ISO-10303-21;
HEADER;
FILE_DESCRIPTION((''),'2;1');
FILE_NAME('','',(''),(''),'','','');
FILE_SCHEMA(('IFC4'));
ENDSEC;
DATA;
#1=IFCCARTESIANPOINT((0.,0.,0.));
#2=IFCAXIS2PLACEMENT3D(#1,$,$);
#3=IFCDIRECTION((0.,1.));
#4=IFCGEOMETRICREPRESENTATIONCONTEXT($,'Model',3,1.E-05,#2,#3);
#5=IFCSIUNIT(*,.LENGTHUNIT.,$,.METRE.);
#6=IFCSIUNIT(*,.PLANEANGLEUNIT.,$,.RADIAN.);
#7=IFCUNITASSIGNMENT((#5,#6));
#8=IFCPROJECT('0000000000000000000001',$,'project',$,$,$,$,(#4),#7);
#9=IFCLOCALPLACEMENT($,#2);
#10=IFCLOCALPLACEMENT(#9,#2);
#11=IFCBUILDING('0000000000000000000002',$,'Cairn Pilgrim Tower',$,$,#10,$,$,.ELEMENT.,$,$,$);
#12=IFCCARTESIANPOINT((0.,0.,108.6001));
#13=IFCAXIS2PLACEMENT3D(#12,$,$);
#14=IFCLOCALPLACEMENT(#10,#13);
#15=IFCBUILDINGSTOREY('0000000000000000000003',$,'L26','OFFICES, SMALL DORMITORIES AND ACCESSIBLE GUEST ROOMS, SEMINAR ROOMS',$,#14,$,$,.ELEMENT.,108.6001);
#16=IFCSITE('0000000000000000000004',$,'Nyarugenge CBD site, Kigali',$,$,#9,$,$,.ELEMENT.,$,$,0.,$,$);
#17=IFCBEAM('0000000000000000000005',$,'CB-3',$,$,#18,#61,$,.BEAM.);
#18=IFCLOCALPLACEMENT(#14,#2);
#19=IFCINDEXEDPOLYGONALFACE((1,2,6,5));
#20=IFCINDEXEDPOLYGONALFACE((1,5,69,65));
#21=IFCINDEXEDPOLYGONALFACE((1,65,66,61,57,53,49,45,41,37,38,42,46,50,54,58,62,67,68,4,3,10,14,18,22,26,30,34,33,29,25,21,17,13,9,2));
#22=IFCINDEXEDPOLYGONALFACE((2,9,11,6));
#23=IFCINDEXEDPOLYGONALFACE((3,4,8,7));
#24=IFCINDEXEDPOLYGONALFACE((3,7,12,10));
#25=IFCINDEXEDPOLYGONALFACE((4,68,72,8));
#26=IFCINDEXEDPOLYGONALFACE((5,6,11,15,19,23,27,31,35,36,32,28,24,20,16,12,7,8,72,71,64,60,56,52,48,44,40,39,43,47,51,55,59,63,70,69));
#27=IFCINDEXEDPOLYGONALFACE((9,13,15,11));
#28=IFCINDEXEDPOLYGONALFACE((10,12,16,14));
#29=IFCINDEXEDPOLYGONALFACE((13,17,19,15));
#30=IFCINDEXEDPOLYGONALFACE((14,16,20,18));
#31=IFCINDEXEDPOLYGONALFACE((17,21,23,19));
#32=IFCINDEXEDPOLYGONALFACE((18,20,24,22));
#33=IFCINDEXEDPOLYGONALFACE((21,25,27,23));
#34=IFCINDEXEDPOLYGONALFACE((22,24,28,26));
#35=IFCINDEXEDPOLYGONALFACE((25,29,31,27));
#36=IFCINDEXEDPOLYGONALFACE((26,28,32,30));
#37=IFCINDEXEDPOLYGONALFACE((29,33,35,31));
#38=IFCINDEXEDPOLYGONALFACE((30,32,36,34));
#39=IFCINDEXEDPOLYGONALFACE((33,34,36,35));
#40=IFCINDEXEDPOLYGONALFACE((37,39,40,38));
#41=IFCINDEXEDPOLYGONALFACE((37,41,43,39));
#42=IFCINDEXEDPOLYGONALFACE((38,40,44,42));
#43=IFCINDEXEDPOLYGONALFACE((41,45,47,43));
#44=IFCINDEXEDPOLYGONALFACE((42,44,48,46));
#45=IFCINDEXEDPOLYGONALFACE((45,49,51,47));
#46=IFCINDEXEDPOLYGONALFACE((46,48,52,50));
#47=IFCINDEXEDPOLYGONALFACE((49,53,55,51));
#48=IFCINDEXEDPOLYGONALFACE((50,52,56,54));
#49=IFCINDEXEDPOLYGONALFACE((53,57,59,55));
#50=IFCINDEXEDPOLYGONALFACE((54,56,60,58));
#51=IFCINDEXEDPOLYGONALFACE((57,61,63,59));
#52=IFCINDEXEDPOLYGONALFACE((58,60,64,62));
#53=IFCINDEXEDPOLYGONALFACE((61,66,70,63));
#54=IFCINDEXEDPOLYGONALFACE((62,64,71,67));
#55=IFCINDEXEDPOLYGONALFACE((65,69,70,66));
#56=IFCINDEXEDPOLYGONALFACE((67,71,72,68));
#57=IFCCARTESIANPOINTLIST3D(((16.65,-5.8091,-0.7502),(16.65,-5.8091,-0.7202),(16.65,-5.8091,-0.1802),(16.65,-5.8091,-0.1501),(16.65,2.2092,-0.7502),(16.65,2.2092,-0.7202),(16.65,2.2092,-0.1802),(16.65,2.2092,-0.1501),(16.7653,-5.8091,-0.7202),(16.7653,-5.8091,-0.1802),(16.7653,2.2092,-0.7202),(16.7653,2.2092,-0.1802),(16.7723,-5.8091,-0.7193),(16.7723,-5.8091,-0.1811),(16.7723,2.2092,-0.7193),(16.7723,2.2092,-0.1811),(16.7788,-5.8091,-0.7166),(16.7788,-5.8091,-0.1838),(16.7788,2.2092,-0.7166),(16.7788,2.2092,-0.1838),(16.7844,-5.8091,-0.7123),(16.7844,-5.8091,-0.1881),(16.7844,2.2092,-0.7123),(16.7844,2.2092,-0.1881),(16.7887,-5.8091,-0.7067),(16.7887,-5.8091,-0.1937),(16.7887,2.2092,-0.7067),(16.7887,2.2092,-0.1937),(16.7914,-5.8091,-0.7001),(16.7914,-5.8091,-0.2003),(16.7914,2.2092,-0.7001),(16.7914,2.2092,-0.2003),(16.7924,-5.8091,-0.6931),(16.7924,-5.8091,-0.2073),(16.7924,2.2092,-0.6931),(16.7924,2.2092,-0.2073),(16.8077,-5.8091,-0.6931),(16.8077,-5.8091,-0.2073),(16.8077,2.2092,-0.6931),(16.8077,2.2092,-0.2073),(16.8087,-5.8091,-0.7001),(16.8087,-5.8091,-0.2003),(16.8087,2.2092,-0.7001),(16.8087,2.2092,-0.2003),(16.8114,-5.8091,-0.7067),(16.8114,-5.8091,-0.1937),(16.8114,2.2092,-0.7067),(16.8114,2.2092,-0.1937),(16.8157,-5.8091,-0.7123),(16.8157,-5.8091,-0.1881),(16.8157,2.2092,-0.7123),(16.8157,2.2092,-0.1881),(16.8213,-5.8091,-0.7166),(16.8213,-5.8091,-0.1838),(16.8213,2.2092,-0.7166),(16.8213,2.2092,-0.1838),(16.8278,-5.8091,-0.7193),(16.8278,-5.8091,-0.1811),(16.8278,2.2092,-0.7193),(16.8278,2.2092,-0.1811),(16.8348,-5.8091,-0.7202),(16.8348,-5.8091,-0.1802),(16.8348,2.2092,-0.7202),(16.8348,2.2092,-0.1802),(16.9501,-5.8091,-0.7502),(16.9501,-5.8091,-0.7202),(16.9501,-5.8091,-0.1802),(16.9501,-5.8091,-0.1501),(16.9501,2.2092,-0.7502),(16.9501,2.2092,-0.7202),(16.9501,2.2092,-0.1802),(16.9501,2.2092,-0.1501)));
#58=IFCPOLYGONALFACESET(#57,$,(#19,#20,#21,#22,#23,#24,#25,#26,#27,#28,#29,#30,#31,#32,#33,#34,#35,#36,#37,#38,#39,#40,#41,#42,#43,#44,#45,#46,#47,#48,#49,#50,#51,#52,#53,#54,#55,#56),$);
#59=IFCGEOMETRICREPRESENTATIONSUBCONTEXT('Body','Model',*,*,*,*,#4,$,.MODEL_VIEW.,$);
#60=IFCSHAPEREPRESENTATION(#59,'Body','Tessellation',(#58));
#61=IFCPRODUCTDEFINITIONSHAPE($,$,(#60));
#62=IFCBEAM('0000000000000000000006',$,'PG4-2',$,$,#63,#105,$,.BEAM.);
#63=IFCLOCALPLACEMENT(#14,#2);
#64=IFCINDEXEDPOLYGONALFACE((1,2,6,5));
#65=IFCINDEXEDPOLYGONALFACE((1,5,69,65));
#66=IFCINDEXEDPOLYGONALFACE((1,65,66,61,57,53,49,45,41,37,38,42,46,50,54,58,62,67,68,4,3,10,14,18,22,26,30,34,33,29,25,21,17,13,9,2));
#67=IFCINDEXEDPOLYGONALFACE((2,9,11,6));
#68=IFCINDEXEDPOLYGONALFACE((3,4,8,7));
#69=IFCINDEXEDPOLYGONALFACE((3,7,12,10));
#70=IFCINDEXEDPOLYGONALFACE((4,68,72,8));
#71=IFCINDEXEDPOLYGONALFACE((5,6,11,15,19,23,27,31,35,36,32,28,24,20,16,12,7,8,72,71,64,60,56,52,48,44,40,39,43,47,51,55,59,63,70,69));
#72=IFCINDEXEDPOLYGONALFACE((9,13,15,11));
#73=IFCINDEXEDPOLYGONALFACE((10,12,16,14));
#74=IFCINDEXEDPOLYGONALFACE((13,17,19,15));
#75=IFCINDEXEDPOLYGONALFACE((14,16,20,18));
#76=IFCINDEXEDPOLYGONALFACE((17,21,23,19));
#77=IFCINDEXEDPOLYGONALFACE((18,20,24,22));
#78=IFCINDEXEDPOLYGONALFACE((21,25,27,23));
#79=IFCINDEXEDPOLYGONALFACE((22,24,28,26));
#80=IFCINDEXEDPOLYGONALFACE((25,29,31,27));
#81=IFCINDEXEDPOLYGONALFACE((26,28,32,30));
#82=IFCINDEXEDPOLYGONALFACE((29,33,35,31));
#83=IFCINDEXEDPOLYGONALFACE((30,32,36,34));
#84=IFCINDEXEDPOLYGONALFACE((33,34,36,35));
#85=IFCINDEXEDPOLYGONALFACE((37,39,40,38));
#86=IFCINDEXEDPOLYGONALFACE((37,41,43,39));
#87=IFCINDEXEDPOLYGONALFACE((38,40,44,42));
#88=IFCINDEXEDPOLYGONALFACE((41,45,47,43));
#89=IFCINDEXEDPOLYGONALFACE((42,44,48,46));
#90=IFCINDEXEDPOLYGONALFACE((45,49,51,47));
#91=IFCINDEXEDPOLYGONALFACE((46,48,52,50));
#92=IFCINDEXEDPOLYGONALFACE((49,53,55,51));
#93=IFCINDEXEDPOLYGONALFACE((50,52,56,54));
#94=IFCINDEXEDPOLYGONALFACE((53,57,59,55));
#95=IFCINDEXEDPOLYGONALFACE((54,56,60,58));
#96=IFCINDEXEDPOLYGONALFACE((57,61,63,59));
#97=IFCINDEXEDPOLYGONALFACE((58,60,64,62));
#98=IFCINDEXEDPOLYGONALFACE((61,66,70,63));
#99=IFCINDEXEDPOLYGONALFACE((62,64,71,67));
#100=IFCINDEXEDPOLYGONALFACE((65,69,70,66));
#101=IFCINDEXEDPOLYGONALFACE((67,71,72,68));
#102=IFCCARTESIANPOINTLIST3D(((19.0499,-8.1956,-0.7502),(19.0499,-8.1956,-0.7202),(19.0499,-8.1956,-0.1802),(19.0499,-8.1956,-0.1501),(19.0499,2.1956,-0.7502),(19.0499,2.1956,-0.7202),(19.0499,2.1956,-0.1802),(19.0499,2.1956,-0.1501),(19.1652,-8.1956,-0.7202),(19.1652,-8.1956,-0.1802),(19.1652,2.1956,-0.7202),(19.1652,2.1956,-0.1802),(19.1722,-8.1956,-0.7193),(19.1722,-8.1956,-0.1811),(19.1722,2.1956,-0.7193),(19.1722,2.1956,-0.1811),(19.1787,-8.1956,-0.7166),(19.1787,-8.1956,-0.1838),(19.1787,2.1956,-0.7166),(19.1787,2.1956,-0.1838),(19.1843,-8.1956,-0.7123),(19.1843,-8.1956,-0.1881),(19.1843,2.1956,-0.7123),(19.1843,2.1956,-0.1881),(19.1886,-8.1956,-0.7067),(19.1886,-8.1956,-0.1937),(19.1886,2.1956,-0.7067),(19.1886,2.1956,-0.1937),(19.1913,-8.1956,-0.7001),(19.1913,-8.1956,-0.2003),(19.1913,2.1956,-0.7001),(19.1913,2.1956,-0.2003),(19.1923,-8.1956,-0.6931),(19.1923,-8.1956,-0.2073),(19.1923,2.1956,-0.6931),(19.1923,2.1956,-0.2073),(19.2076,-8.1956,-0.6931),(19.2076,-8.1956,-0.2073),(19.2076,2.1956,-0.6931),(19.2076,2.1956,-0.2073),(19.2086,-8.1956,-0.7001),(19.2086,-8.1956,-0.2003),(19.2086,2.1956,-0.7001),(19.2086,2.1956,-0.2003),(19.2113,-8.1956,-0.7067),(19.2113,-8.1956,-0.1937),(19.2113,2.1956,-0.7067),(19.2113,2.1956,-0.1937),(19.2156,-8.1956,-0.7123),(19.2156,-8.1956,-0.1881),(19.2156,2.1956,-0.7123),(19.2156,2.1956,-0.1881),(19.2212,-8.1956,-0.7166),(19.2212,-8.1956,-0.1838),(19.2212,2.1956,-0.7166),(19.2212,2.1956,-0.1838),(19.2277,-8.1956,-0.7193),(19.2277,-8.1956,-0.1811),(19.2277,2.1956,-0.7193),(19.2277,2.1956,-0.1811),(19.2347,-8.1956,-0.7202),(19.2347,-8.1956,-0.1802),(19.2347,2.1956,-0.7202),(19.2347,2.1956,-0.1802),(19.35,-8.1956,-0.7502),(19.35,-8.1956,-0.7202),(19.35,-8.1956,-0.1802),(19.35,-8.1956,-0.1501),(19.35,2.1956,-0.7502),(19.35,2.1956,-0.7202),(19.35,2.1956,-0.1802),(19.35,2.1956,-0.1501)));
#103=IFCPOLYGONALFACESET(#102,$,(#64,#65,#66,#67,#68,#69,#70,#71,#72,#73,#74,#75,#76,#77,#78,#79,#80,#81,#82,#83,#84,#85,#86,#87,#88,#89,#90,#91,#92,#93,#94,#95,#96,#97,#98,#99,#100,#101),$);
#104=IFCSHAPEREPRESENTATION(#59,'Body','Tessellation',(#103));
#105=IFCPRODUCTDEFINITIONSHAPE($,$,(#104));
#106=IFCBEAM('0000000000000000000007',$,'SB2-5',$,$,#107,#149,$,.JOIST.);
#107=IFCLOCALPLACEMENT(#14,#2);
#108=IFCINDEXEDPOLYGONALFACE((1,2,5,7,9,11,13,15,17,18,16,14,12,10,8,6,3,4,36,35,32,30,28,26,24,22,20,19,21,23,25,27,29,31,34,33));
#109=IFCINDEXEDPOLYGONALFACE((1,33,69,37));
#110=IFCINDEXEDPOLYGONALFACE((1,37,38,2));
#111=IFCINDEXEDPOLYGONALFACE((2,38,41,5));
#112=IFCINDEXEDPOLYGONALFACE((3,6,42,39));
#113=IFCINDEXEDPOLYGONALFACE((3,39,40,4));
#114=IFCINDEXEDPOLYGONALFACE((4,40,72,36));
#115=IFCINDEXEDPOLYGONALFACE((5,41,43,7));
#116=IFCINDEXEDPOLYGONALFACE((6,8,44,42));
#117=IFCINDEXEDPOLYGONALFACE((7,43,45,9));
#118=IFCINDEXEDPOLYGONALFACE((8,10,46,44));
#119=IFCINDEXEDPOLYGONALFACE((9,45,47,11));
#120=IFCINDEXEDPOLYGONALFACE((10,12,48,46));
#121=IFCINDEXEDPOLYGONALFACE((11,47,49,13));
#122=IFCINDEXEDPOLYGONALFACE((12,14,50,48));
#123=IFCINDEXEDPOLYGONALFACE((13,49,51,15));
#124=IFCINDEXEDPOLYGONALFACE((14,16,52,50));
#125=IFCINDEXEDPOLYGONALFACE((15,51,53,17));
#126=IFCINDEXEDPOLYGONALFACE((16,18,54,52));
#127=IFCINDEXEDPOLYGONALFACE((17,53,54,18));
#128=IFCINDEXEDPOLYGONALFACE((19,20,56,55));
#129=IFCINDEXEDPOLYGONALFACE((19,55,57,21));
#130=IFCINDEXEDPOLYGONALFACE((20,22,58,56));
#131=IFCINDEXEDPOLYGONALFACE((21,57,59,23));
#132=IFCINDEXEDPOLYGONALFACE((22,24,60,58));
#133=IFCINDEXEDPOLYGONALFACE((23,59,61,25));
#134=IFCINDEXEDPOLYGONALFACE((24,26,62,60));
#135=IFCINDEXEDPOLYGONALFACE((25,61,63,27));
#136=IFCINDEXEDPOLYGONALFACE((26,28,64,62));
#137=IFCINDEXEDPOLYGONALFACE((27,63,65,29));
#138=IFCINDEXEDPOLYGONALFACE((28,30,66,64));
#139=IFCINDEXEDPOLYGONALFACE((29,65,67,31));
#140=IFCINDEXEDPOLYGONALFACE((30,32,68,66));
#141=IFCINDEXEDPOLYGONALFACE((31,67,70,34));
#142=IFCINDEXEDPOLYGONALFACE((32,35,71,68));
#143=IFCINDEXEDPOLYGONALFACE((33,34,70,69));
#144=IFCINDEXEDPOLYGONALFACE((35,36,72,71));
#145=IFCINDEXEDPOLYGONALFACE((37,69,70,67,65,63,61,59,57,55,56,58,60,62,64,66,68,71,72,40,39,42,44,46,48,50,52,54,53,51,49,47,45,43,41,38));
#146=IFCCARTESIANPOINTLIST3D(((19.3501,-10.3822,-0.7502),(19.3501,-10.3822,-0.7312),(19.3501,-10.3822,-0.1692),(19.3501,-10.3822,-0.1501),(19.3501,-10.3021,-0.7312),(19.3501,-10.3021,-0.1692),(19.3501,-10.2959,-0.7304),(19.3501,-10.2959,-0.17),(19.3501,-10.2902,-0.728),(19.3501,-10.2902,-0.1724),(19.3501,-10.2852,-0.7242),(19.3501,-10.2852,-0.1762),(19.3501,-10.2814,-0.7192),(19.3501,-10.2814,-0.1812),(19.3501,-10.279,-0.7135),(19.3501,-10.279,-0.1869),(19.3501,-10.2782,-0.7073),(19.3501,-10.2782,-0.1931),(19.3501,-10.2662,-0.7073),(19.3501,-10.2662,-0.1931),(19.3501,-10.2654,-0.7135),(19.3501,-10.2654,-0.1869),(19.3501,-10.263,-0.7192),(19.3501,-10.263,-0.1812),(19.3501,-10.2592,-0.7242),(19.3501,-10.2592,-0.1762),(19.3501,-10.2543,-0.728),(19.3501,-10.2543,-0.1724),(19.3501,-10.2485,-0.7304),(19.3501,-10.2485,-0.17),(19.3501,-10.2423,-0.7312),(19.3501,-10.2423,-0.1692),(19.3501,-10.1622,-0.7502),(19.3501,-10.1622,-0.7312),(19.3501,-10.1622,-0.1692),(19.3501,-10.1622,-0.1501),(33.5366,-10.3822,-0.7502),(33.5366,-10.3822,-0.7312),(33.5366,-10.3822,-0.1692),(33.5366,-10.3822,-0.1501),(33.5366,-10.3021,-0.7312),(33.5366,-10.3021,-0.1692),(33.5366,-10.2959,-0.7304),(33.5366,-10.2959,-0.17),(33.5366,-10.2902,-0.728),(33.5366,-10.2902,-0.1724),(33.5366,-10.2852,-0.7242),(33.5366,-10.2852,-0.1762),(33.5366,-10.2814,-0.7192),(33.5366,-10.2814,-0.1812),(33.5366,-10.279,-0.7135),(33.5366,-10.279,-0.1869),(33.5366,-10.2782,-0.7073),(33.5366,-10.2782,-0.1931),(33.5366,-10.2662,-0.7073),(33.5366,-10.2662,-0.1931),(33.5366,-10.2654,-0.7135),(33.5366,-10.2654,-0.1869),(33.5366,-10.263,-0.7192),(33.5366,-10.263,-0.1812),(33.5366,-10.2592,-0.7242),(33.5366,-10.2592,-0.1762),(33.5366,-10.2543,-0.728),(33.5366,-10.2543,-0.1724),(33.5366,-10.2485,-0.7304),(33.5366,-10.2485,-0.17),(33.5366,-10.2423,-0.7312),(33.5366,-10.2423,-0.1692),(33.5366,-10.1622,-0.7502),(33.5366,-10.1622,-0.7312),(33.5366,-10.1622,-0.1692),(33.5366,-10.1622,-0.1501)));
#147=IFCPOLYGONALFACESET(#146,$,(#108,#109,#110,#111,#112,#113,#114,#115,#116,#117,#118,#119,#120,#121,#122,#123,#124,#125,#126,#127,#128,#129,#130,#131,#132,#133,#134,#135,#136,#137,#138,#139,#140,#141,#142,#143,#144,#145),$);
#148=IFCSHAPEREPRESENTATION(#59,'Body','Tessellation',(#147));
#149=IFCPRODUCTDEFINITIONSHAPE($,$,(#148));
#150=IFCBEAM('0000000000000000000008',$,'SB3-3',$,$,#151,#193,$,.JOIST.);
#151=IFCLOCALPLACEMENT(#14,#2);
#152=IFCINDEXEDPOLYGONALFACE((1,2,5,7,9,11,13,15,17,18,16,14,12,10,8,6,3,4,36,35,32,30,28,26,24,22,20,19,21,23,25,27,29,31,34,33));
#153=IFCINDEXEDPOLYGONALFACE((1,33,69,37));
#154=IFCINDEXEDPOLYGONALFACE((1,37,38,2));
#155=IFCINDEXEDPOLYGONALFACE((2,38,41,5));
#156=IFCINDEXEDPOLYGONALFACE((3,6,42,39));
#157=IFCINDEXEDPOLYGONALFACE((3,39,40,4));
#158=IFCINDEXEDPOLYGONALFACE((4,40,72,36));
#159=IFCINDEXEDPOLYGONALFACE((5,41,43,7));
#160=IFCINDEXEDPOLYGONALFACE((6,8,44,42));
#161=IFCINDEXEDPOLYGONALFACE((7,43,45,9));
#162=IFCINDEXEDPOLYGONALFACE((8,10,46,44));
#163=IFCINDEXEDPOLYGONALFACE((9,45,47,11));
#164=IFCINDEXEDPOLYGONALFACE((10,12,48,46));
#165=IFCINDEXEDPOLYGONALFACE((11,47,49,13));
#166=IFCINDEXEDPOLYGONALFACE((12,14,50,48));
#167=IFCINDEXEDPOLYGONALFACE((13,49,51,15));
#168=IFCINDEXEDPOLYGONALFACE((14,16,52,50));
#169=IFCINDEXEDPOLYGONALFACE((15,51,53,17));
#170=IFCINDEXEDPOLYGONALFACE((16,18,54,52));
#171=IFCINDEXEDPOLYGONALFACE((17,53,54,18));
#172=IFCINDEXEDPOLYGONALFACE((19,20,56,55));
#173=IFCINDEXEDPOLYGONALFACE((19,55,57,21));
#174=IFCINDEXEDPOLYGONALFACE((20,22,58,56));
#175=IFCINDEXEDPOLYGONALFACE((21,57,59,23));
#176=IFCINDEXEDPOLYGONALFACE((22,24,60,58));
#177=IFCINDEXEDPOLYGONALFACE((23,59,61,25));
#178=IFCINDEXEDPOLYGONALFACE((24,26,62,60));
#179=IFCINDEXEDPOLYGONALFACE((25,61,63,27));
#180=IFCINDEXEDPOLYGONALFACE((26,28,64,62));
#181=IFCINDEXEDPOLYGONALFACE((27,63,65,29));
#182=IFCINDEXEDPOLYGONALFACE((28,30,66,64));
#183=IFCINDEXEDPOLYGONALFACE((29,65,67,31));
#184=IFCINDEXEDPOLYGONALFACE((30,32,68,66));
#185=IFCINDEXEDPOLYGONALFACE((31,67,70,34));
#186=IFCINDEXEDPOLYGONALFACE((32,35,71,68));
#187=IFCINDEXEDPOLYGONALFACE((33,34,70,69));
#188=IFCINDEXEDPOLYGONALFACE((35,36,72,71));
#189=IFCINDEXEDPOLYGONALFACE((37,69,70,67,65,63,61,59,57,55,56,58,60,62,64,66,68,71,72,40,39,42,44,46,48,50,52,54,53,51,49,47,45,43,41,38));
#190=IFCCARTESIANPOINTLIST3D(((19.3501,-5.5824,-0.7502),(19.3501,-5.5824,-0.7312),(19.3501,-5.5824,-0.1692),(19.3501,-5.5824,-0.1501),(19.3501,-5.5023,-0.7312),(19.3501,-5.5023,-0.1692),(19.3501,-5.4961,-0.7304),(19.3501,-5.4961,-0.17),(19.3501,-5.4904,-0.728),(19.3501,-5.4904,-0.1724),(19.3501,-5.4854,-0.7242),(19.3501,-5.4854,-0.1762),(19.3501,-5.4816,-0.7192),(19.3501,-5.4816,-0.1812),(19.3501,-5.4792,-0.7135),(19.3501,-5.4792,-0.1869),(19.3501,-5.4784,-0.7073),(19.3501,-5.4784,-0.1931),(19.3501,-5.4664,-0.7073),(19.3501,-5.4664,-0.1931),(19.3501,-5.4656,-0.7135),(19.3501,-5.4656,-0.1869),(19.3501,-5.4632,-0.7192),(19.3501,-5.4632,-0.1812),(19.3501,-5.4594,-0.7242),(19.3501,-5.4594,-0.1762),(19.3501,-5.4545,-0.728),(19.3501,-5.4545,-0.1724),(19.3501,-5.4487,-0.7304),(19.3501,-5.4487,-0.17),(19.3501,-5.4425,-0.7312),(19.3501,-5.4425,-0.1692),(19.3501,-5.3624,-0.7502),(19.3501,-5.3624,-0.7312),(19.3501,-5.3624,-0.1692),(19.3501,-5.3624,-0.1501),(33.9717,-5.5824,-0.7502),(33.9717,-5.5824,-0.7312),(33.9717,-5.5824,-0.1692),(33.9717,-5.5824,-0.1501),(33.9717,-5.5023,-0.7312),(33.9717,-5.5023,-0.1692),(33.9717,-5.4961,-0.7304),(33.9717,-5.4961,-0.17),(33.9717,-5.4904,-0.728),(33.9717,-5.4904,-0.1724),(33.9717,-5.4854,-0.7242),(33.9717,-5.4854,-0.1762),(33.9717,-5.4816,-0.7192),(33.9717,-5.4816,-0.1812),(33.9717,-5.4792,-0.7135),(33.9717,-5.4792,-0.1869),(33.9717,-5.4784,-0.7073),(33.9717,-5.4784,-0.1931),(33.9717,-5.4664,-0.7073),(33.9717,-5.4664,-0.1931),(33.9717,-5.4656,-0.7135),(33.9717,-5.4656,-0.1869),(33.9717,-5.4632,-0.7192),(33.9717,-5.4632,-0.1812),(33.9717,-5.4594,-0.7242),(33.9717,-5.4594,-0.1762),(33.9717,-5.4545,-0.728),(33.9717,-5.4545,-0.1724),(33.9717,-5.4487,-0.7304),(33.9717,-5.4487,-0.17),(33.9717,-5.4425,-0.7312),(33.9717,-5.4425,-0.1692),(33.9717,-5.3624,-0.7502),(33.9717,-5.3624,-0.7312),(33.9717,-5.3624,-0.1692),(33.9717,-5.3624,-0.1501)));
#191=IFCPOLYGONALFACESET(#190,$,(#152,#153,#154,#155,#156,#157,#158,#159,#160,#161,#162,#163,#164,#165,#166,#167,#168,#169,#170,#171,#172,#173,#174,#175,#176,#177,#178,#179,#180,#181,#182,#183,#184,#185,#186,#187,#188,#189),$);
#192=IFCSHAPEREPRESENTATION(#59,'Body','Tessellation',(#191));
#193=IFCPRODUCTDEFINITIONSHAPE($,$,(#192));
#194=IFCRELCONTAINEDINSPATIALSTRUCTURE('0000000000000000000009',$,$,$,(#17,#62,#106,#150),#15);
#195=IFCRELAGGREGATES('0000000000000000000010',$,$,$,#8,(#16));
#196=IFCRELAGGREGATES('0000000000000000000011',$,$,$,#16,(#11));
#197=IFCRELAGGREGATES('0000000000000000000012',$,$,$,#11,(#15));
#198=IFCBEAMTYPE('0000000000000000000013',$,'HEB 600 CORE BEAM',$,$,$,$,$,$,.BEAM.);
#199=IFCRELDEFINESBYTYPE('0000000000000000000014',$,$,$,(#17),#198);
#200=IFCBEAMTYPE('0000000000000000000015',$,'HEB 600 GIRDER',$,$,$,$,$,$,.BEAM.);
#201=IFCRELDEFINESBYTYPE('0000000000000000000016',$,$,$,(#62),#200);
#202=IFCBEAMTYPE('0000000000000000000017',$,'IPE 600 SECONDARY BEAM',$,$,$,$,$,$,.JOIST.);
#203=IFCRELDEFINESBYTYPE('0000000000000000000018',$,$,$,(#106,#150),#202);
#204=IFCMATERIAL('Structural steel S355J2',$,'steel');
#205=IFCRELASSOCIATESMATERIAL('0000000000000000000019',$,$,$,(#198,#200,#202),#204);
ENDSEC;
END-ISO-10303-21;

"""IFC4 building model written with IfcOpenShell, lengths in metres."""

from ifc_helpers import new_model, si_unit, direction, frame, origin, origin_2d, place, context, subcontext, project, spatial, i_section, extrude, material, material_profile, profile_set, type_object, element, save


model = new_model("IFC4")

# Units and contexts
model_context = context("Model", 3, precision=1e-05, world=origin(), true_north=direction((0.0, 1.0)))
body_context = subcontext(model_context, "Body", "Model", "MODEL_VIEW")
ifc_project = project(units=[si_unit("LENGTHUNIT", "METRE"), si_unit("PLANEANGLEUNIT", "RADIAN")], contexts=[model_context])

# Site, building, storey
site_placement = place(None, origin())
site = spatial("IfcSite", under=ifc_project, at=site_placement, Name="Nyarugenge CBD site, Kigali", CompositionType="ELEMENT", RefElevation=0.0)
building_placement = place(site_placement, origin())
building = spatial("IfcBuilding", under=site, at=building_placement, Name="Cairn Pilgrim Tower", CompositionType="ELEMENT")
storey_placement = place(building_placement, frame((0.0, 0.0, 108.6001)))
storey = spatial("IfcBuildingStorey", under=building, at=storey_placement, Name="L26", Description="OFFICES, SMALL DORMITORIES AND ACCESSIBLE GUEST ROOMS, SEMINAR ROOMS", CompositionType="ELEMENT", Elevation=108.6001)

# Beams
ifc_material_1 = material(Name="Structural steel S355J2", Category="steel")
ifc_material_profile_1 = material_profile(ifc_material_1, i_section(OverallWidth=0.3, OverallDepth=0.6001, WebThickness=0.0154, FlangeThickness=0.03, FilletRadius=0.0271, at=origin_2d()), Name="HEB 600")
ifc_profile_set_1 = profile_set([ifc_material_profile_1], Name="Structural steel S355J2")
beam_type_1 = type_object("IfcBeamType", Name="HEB 600 CORE BEAM", PredefinedType="BEAM", material=ifc_profile_set_1)
beam_1_placement = place(storey_placement, frame((16.8, -5.8091, -0.4502), z_axis=(0.0, 1.0, 0.0), x_axis=(-1.0, 0.0, 0.0)))
element("IfcBeam", 1, at=beam_1_placement, inside=storey, type_object=beam_type_1, Name="CB-3", PredefinedType="BEAM", context=body_context, shape_type="SweptSolid", body=[
    extrude(i_section(OverallWidth=0.3, OverallDepth=0.6001, WebThickness=0.0154, FlangeThickness=0.03, FilletRadius=0.0271, at=origin_2d()), origin(), (0.0, 0.0, 1.0), 8.0183),
])
ifc_material_profile_2 = material_profile(ifc_material_1, i_section(OverallWidth=0.3, OverallDepth=0.6001, WebThickness=0.0154, FlangeThickness=0.03, FilletRadius=0.0271, at=origin_2d()), Name="HEB 600")
ifc_profile_set_2 = profile_set([ifc_material_profile_2], Name="Structural steel S355J2")
beam_type_2 = type_object("IfcBeamType", Name="HEB 600 GIRDER", PredefinedType="BEAM", material=ifc_profile_set_2)
beam_2_placement = place(storey_placement, frame((19.2, -8.1956, -0.4502), z_axis=(0.0, 1.0, 0.0), x_axis=(-1.0, 0.0, 0.0)))
element("IfcBeam", 2, at=beam_2_placement, inside=storey, type_object=beam_type_2, Name="PG4-2", PredefinedType="BEAM", context=body_context, shape_type="SweptSolid", body=[
    extrude(i_section(OverallWidth=0.3, OverallDepth=0.6001, WebThickness=0.0154, FlangeThickness=0.03, FilletRadius=0.0271, at=origin_2d()), origin(), (0.0, 0.0, 1.0), 10.3911),
])
ifc_material_profile_3 = material_profile(ifc_material_1, i_section(OverallWidth=0.22, OverallDepth=0.6001, WebThickness=0.012, FlangeThickness=0.019, FilletRadius=0.0239, at=origin_2d()), Name="IPE 600")
ifc_profile_set_3 = profile_set([ifc_material_profile_3], Name="Structural steel S355J2")
beam_type_3 = type_object("IfcBeamType", Name="IPE 600 SECONDARY BEAM", PredefinedType="JOIST", material=ifc_profile_set_3)
beam_3_placement = place(storey_placement, frame((19.3501, -10.2722, -0.4502), z_axis=(1.0, 0.0, 0.0), x_axis=(0.0, 1.0, 0.0)))
element("IfcBeam", 3, at=beam_3_placement, inside=storey, type_object=beam_type_3, Name="SB2-5", PredefinedType="JOIST", context=body_context, shape_type="SweptSolid", body=[
    extrude(i_section(OverallWidth=0.22, OverallDepth=0.6001, WebThickness=0.012, FlangeThickness=0.019, FilletRadius=0.0239, at=origin_2d()), origin(), (0.0, 0.0, 1.0), 14.1865),
])
for number, where, z_axis, x_axis, name in (
    (4, (19.3501, -5.4724, -0.4502), (1.0, 0.0, 0.0), (0.0, 1.0, 0.0), "SB3-3"),
):
    element("IfcBeam", number, at=place(storey_placement, frame(where, z_axis=z_axis, x_axis=x_axis)), inside=storey, type_object=beam_type_3, Name=name, PredefinedType="JOIST", context=body_context, shape_type="SweptSolid", body=[
        extrude(i_section(OverallWidth=0.22, OverallDepth=0.6001, WebThickness=0.012, FlangeThickness=0.019, FilletRadius=0.0239, at=origin_2d()), origin(), (0.0, 0.0, 1.0), 14.6216),
    ])

save(model, "model.ifc")
